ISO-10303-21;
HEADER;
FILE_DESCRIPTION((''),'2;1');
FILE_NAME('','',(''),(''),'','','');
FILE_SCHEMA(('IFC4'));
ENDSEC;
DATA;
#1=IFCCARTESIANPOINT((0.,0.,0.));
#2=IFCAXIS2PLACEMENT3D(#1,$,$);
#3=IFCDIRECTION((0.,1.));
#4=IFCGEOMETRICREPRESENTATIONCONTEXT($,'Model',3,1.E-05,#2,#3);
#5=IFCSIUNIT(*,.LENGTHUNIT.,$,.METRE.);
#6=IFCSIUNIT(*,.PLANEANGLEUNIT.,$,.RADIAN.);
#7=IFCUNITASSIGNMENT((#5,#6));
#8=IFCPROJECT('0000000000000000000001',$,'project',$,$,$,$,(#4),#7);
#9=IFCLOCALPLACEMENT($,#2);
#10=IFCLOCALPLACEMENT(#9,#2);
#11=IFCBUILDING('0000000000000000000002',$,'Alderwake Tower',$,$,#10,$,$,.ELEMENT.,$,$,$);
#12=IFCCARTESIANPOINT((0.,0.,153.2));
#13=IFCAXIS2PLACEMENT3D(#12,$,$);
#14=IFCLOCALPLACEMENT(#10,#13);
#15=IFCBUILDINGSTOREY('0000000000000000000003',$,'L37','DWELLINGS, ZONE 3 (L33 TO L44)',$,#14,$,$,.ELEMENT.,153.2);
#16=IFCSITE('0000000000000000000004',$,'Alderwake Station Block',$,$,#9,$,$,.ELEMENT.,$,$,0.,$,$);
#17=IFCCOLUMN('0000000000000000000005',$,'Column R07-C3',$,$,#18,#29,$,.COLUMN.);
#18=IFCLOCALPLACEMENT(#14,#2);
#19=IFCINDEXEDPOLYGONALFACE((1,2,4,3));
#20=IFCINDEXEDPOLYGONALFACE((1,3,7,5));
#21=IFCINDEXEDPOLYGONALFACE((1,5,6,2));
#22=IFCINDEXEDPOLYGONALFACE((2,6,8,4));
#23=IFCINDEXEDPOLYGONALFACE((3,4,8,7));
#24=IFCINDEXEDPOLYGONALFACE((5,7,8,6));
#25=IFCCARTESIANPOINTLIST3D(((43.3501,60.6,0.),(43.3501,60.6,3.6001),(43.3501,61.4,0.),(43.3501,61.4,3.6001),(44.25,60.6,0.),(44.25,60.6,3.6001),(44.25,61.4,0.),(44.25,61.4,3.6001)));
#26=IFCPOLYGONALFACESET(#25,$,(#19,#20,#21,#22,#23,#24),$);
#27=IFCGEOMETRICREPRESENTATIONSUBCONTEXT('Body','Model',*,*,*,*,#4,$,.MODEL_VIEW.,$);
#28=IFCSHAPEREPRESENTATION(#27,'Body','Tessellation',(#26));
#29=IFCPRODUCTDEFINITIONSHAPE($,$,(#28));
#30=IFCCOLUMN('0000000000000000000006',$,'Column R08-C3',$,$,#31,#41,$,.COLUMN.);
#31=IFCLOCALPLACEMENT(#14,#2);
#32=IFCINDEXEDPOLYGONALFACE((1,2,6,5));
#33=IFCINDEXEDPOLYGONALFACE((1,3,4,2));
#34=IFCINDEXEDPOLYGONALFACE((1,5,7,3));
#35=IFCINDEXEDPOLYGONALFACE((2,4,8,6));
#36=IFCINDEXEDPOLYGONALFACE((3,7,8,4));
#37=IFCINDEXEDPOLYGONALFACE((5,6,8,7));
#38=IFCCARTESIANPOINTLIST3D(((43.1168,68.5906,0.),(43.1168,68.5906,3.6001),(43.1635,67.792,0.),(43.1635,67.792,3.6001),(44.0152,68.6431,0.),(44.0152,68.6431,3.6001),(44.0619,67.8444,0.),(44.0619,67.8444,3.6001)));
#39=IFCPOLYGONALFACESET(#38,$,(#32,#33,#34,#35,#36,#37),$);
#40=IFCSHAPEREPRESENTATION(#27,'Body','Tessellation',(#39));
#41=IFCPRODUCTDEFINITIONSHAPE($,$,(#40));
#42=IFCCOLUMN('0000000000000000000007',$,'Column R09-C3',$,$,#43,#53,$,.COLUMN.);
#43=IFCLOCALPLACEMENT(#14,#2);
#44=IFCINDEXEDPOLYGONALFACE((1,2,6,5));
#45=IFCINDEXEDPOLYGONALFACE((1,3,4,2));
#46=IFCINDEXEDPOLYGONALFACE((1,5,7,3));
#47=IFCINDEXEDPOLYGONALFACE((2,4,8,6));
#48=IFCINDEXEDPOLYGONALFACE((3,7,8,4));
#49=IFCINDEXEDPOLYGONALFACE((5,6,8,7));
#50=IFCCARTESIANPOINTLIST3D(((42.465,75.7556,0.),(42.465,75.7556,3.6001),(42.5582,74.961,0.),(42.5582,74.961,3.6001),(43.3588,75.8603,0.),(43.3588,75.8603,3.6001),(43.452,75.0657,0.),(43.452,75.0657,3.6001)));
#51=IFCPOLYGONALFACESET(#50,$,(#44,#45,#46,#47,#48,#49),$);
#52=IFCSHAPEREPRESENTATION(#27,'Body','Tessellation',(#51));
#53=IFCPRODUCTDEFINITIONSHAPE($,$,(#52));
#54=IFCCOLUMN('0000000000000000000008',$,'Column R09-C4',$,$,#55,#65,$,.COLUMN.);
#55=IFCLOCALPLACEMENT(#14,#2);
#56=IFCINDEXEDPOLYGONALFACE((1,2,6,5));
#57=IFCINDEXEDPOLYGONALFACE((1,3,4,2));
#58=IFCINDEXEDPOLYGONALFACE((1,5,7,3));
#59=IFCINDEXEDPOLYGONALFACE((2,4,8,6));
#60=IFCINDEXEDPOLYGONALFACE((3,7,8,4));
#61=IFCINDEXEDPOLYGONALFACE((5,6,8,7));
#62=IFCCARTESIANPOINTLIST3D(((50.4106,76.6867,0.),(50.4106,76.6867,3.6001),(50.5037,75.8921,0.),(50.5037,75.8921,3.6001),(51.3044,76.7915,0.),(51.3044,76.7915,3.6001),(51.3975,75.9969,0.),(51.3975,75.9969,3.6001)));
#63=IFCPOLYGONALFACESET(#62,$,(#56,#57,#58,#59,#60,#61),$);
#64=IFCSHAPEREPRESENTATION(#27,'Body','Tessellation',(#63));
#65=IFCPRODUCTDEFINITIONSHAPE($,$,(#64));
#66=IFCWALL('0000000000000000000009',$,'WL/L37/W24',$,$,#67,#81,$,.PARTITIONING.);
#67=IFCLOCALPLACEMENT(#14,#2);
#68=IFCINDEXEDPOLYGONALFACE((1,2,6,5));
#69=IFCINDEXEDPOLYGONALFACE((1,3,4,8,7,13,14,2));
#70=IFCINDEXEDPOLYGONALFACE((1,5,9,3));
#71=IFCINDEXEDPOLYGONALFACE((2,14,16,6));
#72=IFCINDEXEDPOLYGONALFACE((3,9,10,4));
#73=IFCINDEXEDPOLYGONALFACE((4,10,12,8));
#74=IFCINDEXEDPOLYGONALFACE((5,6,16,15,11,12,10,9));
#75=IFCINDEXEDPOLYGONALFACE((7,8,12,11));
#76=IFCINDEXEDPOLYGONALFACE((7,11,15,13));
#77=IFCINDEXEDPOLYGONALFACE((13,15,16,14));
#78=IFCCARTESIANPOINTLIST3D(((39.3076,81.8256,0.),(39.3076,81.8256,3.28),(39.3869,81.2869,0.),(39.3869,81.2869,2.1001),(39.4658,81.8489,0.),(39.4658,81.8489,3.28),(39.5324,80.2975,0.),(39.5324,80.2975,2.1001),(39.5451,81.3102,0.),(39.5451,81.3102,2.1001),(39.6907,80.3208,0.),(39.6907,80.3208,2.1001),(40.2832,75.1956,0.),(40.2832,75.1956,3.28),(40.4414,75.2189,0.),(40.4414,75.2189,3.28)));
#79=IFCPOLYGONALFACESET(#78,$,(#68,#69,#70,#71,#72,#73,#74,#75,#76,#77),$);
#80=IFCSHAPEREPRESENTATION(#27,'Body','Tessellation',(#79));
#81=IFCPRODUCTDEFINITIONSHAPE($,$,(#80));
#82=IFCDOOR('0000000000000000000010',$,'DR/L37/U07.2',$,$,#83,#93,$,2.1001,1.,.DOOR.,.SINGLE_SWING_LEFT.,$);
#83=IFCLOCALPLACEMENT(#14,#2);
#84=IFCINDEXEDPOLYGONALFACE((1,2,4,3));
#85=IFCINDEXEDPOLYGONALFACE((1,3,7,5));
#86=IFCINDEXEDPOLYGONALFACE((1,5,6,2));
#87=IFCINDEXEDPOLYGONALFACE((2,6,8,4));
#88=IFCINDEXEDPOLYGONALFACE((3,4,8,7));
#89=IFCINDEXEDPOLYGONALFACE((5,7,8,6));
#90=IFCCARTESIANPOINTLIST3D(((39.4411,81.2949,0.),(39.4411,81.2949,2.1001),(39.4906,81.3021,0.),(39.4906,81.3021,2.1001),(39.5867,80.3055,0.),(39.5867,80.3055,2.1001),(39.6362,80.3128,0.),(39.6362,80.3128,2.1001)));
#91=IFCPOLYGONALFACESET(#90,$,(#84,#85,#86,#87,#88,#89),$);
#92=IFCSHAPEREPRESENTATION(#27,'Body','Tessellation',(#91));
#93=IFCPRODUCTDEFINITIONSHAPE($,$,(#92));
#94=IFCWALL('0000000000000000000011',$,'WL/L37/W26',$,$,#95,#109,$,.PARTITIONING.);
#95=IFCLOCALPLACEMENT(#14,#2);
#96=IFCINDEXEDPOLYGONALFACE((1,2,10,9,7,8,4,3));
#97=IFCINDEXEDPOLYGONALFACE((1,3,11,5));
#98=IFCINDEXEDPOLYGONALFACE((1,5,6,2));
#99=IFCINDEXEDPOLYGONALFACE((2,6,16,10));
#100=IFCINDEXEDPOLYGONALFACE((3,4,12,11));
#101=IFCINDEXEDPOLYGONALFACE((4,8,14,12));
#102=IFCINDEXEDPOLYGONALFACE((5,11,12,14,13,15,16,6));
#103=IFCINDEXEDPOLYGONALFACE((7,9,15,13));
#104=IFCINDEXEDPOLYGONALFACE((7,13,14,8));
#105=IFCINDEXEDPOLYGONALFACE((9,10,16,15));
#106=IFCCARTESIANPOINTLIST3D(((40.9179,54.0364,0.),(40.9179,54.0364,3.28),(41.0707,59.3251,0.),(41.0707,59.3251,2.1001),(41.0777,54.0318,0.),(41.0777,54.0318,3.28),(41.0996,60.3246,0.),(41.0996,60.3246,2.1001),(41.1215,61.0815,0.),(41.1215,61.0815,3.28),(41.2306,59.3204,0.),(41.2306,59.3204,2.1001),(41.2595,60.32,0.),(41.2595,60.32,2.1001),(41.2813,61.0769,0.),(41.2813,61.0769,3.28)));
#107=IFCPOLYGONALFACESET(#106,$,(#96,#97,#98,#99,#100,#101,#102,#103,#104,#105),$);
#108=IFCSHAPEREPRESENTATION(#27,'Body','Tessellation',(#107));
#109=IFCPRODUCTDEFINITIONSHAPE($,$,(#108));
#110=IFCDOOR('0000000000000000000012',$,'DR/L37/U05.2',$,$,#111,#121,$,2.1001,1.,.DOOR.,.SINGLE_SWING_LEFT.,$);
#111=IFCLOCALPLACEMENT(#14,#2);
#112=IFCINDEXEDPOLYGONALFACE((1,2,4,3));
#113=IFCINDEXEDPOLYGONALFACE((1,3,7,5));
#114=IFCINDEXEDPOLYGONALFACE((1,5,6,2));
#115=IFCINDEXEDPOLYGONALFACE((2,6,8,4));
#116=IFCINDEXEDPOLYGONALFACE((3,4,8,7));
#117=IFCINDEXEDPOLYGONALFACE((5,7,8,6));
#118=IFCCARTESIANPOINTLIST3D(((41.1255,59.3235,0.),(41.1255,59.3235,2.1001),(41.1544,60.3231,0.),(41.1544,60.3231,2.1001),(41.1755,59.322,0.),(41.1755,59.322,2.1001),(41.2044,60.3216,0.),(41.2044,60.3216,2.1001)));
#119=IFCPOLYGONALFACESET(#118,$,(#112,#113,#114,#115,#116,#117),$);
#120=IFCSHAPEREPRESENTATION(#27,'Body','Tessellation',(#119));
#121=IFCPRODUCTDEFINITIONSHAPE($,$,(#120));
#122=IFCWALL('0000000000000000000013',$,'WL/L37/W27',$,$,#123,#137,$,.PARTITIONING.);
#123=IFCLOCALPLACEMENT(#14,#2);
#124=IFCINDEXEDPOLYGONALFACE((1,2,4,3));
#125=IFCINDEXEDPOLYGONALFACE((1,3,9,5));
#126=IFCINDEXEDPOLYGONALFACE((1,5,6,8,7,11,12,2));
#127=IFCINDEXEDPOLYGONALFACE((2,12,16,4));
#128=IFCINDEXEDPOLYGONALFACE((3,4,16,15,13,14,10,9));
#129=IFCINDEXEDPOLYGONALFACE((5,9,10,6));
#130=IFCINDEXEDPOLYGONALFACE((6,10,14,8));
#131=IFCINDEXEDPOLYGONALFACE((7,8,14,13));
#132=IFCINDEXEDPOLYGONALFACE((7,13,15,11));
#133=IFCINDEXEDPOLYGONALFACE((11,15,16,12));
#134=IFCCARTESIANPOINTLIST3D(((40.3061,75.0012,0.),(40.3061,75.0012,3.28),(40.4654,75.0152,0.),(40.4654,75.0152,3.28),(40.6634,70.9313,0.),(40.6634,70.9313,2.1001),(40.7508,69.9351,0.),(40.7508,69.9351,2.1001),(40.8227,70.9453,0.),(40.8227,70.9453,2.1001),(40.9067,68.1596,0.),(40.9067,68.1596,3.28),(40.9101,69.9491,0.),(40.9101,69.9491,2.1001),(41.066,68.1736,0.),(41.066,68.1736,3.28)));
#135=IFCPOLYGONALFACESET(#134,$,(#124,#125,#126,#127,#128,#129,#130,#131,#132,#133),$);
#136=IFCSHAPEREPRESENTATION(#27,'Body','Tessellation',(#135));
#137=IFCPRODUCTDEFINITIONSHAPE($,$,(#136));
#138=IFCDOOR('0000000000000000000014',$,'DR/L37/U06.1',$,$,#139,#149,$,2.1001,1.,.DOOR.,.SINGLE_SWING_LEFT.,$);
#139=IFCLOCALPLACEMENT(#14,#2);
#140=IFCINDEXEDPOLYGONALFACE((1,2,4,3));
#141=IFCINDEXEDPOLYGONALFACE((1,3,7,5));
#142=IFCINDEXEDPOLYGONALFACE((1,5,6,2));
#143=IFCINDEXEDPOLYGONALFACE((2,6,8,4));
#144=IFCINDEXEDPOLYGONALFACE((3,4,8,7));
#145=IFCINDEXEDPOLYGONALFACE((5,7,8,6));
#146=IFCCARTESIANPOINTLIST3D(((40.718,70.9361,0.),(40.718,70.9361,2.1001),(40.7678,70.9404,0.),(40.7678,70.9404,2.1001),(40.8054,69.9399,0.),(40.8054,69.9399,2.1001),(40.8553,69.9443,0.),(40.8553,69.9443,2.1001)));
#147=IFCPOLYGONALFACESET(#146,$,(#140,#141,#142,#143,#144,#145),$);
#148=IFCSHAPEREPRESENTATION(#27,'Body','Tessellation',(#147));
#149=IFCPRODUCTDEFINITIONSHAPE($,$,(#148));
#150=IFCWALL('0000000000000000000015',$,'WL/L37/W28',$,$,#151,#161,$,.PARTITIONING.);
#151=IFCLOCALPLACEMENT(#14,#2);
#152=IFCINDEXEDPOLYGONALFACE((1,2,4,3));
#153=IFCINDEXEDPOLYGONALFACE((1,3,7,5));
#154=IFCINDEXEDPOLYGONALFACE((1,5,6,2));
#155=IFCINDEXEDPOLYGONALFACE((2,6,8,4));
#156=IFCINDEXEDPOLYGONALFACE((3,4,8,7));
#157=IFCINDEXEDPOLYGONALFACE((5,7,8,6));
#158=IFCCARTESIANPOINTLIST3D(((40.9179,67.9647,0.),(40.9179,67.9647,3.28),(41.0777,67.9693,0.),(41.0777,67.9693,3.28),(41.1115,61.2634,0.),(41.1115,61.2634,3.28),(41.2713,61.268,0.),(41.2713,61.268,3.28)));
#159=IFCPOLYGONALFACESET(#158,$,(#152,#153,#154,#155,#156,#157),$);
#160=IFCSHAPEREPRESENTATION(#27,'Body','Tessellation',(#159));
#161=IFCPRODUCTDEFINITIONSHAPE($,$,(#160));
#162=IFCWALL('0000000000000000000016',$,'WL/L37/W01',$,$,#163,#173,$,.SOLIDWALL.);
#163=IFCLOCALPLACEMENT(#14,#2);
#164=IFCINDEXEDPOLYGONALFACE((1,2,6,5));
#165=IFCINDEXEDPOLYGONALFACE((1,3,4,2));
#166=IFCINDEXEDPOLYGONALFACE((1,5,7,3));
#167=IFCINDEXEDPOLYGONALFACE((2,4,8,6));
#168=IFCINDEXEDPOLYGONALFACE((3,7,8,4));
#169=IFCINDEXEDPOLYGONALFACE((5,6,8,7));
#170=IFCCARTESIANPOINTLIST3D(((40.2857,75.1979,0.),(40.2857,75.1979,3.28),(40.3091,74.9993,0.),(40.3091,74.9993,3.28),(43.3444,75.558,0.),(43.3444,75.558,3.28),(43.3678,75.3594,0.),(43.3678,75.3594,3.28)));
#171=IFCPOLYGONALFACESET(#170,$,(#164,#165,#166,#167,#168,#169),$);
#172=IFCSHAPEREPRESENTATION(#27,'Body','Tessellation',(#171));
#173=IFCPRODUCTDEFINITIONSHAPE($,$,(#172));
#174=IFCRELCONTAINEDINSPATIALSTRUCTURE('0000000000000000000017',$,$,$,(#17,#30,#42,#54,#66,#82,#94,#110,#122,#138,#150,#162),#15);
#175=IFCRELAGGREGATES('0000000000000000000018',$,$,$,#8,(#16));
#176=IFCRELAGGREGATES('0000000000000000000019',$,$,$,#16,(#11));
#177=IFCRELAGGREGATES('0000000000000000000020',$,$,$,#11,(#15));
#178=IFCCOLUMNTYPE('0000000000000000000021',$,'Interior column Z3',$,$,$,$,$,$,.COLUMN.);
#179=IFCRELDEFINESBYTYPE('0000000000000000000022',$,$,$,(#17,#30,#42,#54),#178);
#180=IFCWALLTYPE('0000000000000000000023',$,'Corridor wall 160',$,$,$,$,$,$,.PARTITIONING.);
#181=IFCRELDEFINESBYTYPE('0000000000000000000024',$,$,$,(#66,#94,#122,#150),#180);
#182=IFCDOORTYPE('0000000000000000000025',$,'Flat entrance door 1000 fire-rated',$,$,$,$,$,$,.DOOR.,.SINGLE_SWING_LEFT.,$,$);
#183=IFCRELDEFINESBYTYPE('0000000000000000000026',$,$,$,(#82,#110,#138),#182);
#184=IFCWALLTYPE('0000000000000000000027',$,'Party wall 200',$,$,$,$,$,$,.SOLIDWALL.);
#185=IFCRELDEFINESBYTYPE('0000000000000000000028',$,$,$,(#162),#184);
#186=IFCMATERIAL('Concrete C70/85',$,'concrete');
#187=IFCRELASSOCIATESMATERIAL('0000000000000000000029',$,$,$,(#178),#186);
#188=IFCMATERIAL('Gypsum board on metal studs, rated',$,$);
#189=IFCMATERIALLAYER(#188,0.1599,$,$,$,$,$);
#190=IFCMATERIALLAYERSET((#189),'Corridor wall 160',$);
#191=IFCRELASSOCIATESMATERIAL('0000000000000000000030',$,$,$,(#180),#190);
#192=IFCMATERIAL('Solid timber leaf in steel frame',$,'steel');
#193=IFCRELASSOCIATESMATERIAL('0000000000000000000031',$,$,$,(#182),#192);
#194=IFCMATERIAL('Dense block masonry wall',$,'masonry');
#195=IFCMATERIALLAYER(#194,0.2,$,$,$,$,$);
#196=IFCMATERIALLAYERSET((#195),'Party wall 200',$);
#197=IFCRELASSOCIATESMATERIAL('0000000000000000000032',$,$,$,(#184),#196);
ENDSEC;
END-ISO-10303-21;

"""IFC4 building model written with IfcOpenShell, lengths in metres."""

from ifc_helpers import new_model, si_unit, direction, frame, frame_2d, origin, origin_2d, place, context, subcontext, project, spatial, rectangle, extrude, material, layer, layer_set, material_profile, profile_set, type_object, element, fill, save


model = new_model("IFC4")

# Units and contexts
model_context = context("Model", 3, precision=1e-05, world=origin(), true_north=direction((0.0, 1.0)))
body_context = subcontext(model_context, "Body", "Model", "MODEL_VIEW")
ifc_project = project(units=[si_unit("LENGTHUNIT", "METRE"), si_unit("PLANEANGLEUNIT", "RADIAN")], contexts=[model_context])

# Site, building, storey
site_placement = place(None, origin())
site = spatial("IfcSite", under=ifc_project, at=site_placement, Name="Alderwake Station Block", CompositionType="ELEMENT", RefElevation=0.0)
building_placement = place(site_placement, origin())
building = spatial("IfcBuilding", under=site, at=building_placement, Name="Alderwake Tower", CompositionType="ELEMENT")
storey_placement = place(building_placement, frame((0.0, 0.0, 153.2)))
storey = spatial("IfcBuildingStorey", under=building, at=storey_placement, Name="L37", Description="DWELLINGS, ZONE 3 (L33 TO L44)", CompositionType="ELEMENT", Elevation=153.2)

# Columns
ifc_material_1 = material(Name="Concrete C70/85", Category="concrete")
ifc_material_profile = material_profile(ifc_material_1, rectangle(XDim=0.8, YDim=0.8999, at=origin_2d()), Name="RC 900X800")
ifc_profile_set = profile_set([ifc_material_profile], Name="Concrete C70/85")
column_type = type_object("IfcColumnType", Name="Interior column Z3", PredefinedType="COLUMN", material=ifc_profile_set)
for number, where, z_axis, x_axis, name in (
    (1, (43.8, 61.0, 0.0), (0.0, 0.0, 1.0), (0.0, 1.0, 0.0), "Column R07-C3"),
    (2, (43.5894, 68.2175, 0.0), (0.0, 0.0, 1.0), (-0.058301, 0.998299, 0.0), "Column R08-C3"),
    (3, (42.9585, 75.4106, 0.0), (0.0, 0.0, 1.0), (-0.116402, 0.993202, 0.0), "Column R09-C3"),
    (4, (50.9041, 76.3418, 0.0), (0.0, 0.0, 1.0), (-0.116402, 0.993202, 0.0), "Column R09-C4"),
):
    element("IfcColumn", number, at=place(storey_placement, frame(where, z_axis=z_axis, x_axis=x_axis)), inside=storey, type_object=column_type, Name=name, PredefinedType="COLUMN", context=body_context, shape_type="SweptSolid", body=[
        extrude(rectangle(XDim=0.8, YDim=0.8999, at=origin_2d()), origin(), (0.0, 0.0, 1.0), 3.6001),
    ])

# Walls, openings, doors
ifc_material_2 = material(Name="Gypsum board on metal studs, rated")
ifc_layer_1 = layer(ifc_material_2, 0.1599)
ifc_layer_set_1 = layer_set([ifc_layer_1], Name="Corridor wall 160")
wall_type_1 = type_object("IfcWallType", Name="Corridor wall 160", PredefinedType="PARTITIONING", material=ifc_layer_set_1)
wall_1_placement = place(storey_placement, frame((39.3867, 81.8372, 0.0), z_axis=(0.0, 0.0, 1.0), x_axis=(0.145577, -0.989347, 0.0)))
wall_1 = element("IfcWall", 5, at=wall_1_placement, inside=storey, type_object=wall_type_1, Name="WL/L37/W24", PredefinedType="PARTITIONING", context=body_context, shape_type="SweptSolid", body=[
    extrude(rectangle(XDim=6.7014, YDim=0.1599, at=frame_2d((3.3506, 0.0))), origin(), (0.0, 0.0, 1.0), 3.28),
])
opening_1_placement = place(wall_1_placement, frame((0.5444, 0.0, 0.0)))
opening_1 = element("IfcOpeningElement", 6, at=opening_1_placement, cuts=wall_1, PredefinedType="OPENING", context=body_context, shape_type="SweptSolid", body=[
    extrude(rectangle(XDim=1.0, YDim=2.1001, at=frame_2d((0.5, 1.05))), frame((0.0, 0.0898, 0.0), z_axis=(0.0, -1.0, 0.0), x_axis=(1.0, 0.0, 0.0)), (0.0, 0.0, 1.0), 0.1799),
])
ifc_material_3 = material(Name="Solid timber leaf in steel frame", Category="steel")
door_type_1 = type_object("IfcDoorType", Name="Flat entrance door 1000 fire-rated", OperationType="SINGLE_SWING_LEFT", PredefinedType="DOOR", material=ifc_material_3)
door_1_placement = place(opening_1_placement, origin())
door_1 = element("IfcDoor", 7, at=door_1_placement, inside=storey, type_object=door_type_1, Name="DR/L37/U07.2", OperationType="SINGLE_SWING_LEFT", OverallHeight=2.1001, OverallWidth=1.0, PredefinedType="DOOR", context=body_context, shape_type="SweptSolid", body=[
    extrude(rectangle(XDim=1.0, YDim=2.1001, at=frame_2d((0.5, 1.05))), frame((0.0, 0.0249, 0.0), z_axis=(0.0, -1.0, 0.0), x_axis=(1.0, 0.0, 0.0)), (0.0, 0.0, 1.0), 0.05),
])
fill(opening_1, door_1)
wall_2_placement = place(storey_placement, frame((41.2014, 61.0791, 0.0), z_axis=(0.0, 0.0, 1.0), x_axis=(-0.028889, -0.999583, 0.0)))
wall_2 = element("IfcWall", 8, at=wall_2_placement, inside=storey, type_object=wall_type_1, Name="WL/L37/W26", PredefinedType="PARTITIONING", context=body_context, shape_type="SweptSolid", body=[
    extrude(rectangle(XDim=7.0481, YDim=0.1599, at=frame_2d((3.5239, 0.0))), origin(), (0.0, 0.0, 1.0), 3.28),
])
opening_2_placement = place(wall_2_placement, frame((0.7571, 0.0, 0.0)))
opening_2 = element("IfcOpeningElement", 9, at=opening_2_placement, cuts=wall_2, PredefinedType="OPENING", context=body_context, shape_type="SweptSolid", body=[
    extrude(rectangle(XDim=1.0, YDim=2.1001, at=frame_2d((0.5, 1.05))), frame((0.0, 0.0898, 0.0), z_axis=(0.0, -1.0, 0.0), x_axis=(1.0, 0.0, 0.0)), (0.0, 0.0, 1.0), 0.1799),
])
door_2_placement = place(opening_2_placement, origin())
door_2 = element("IfcDoor", 10, at=door_2_placement, inside=storey, type_object=door_type_1, Name="DR/L37/U05.2", OperationType="SINGLE_SWING_LEFT", OverallHeight=2.1001, OverallWidth=1.0, PredefinedType="DOOR", context=body_context, shape_type="SweptSolid", body=[
    extrude(rectangle(XDim=1.0, YDim=2.1001, at=frame_2d((0.5, 1.05))), frame((0.0, 0.0249, 0.0), z_axis=(0.0, -1.0, 0.0), x_axis=(1.0, 0.0, 0.0)), (0.0, 0.0, 1.0), 0.05),
])
fill(opening_2, door_2)
wall_3_placement = place(storey_placement, frame((40.3857, 75.0083, 0.0), z_axis=(0.0, 0.0, 1.0), x_axis=(0.087449, -0.996169, 0.0)))
wall_3 = element("IfcWall", 11, at=wall_3_placement, inside=storey, type_object=wall_type_1, Name="WL/L37/W27", PredefinedType="PARTITIONING", context=body_context, shape_type="SweptSolid", body=[
    extrude(rectangle(XDim=6.8679, YDim=0.1599, at=frame_2d((3.4341, 0.0))), origin(), (0.0, 0.0, 1.0), 3.28),
])
opening_3_placement = place(wall_3_placement, frame((4.0857, 0.0, 0.0)))
opening_3 = element("IfcOpeningElement", 12, at=opening_3_placement, cuts=wall_3, PredefinedType="OPENING", context=body_context, shape_type="SweptSolid", body=[
    extrude(rectangle(XDim=1.0, YDim=2.1001, at=frame_2d((0.5, 1.05))), frame((0.0, 0.0898, 0.0), z_axis=(0.0, -1.0, 0.0), x_axis=(1.0, 0.0, 0.0)), (0.0, 0.0, 1.0), 0.1799),
])
door_3_placement = place(opening_3_placement, origin())
door_3 = element("IfcDoor", 13, at=door_3_placement, inside=storey, type_object=door_type_1, Name="DR/L37/U06.1", OperationType="SINGLE_SWING_LEFT", OverallHeight=2.1001, OverallWidth=1.0, PredefinedType="DOOR", context=body_context, shape_type="SweptSolid", body=[
    extrude(rectangle(XDim=1.0, YDim=2.1001, at=frame_2d((0.5, 1.05))), frame((0.0, 0.0249, 0.0), z_axis=(0.0, -1.0, 0.0), x_axis=(1.0, 0.0, 0.0)), (0.0, 0.0, 1.0), 0.05),
])
fill(opening_3, door_3)

# Walls
wall_4_placement = place(storey_placement, frame((40.9978, 67.967, 0.0), z_axis=(0.0, 0.0, 1.0), x_axis=(0.028878, -0.999583, 0.0)))
element("IfcWall", 14, at=wall_4_placement, inside=storey, type_object=wall_type_1, Name="WL/L37/W28", PredefinedType="PARTITIONING", context=body_context, shape_type="SweptSolid", body=[
    extrude(rectangle(XDim=6.7041, YDim=0.1599, at=frame_2d((3.3521, 0.0))), origin(), (0.0, 0.0, 1.0), 3.28),
])
ifc_material_4 = material(Name="Dense block masonry wall", Category="masonry")
ifc_layer_2 = layer(ifc_material_4, 0.2)
ifc_layer_set_2 = layer_set([ifc_layer_2], Name="Party wall 200")
wall_type_2 = type_object("IfcWallType", Name="Party wall 200", PredefinedType="SOLIDWALL", material=ifc_layer_set_2)
wall_5_placement = place(storey_placement, frame((43.3562, 75.4587, 0.0), z_axis=(0.0, 0.0, 1.0), x_axis=(-0.99314, -0.116929, 0.0)))
element("IfcWall", 15, at=wall_5_placement, inside=storey, type_object=wall_type_2, Name="WL/L37/W01", PredefinedType="SOLIDWALL", context=body_context, shape_type="SweptSolid", body=[
    extrude(rectangle(XDim=3.0798, YDim=0.2, at=frame_2d((1.54, 0.0))), origin(), (0.0, 0.0, 1.0), 3.28),
])

save(model, "model.ifc")
